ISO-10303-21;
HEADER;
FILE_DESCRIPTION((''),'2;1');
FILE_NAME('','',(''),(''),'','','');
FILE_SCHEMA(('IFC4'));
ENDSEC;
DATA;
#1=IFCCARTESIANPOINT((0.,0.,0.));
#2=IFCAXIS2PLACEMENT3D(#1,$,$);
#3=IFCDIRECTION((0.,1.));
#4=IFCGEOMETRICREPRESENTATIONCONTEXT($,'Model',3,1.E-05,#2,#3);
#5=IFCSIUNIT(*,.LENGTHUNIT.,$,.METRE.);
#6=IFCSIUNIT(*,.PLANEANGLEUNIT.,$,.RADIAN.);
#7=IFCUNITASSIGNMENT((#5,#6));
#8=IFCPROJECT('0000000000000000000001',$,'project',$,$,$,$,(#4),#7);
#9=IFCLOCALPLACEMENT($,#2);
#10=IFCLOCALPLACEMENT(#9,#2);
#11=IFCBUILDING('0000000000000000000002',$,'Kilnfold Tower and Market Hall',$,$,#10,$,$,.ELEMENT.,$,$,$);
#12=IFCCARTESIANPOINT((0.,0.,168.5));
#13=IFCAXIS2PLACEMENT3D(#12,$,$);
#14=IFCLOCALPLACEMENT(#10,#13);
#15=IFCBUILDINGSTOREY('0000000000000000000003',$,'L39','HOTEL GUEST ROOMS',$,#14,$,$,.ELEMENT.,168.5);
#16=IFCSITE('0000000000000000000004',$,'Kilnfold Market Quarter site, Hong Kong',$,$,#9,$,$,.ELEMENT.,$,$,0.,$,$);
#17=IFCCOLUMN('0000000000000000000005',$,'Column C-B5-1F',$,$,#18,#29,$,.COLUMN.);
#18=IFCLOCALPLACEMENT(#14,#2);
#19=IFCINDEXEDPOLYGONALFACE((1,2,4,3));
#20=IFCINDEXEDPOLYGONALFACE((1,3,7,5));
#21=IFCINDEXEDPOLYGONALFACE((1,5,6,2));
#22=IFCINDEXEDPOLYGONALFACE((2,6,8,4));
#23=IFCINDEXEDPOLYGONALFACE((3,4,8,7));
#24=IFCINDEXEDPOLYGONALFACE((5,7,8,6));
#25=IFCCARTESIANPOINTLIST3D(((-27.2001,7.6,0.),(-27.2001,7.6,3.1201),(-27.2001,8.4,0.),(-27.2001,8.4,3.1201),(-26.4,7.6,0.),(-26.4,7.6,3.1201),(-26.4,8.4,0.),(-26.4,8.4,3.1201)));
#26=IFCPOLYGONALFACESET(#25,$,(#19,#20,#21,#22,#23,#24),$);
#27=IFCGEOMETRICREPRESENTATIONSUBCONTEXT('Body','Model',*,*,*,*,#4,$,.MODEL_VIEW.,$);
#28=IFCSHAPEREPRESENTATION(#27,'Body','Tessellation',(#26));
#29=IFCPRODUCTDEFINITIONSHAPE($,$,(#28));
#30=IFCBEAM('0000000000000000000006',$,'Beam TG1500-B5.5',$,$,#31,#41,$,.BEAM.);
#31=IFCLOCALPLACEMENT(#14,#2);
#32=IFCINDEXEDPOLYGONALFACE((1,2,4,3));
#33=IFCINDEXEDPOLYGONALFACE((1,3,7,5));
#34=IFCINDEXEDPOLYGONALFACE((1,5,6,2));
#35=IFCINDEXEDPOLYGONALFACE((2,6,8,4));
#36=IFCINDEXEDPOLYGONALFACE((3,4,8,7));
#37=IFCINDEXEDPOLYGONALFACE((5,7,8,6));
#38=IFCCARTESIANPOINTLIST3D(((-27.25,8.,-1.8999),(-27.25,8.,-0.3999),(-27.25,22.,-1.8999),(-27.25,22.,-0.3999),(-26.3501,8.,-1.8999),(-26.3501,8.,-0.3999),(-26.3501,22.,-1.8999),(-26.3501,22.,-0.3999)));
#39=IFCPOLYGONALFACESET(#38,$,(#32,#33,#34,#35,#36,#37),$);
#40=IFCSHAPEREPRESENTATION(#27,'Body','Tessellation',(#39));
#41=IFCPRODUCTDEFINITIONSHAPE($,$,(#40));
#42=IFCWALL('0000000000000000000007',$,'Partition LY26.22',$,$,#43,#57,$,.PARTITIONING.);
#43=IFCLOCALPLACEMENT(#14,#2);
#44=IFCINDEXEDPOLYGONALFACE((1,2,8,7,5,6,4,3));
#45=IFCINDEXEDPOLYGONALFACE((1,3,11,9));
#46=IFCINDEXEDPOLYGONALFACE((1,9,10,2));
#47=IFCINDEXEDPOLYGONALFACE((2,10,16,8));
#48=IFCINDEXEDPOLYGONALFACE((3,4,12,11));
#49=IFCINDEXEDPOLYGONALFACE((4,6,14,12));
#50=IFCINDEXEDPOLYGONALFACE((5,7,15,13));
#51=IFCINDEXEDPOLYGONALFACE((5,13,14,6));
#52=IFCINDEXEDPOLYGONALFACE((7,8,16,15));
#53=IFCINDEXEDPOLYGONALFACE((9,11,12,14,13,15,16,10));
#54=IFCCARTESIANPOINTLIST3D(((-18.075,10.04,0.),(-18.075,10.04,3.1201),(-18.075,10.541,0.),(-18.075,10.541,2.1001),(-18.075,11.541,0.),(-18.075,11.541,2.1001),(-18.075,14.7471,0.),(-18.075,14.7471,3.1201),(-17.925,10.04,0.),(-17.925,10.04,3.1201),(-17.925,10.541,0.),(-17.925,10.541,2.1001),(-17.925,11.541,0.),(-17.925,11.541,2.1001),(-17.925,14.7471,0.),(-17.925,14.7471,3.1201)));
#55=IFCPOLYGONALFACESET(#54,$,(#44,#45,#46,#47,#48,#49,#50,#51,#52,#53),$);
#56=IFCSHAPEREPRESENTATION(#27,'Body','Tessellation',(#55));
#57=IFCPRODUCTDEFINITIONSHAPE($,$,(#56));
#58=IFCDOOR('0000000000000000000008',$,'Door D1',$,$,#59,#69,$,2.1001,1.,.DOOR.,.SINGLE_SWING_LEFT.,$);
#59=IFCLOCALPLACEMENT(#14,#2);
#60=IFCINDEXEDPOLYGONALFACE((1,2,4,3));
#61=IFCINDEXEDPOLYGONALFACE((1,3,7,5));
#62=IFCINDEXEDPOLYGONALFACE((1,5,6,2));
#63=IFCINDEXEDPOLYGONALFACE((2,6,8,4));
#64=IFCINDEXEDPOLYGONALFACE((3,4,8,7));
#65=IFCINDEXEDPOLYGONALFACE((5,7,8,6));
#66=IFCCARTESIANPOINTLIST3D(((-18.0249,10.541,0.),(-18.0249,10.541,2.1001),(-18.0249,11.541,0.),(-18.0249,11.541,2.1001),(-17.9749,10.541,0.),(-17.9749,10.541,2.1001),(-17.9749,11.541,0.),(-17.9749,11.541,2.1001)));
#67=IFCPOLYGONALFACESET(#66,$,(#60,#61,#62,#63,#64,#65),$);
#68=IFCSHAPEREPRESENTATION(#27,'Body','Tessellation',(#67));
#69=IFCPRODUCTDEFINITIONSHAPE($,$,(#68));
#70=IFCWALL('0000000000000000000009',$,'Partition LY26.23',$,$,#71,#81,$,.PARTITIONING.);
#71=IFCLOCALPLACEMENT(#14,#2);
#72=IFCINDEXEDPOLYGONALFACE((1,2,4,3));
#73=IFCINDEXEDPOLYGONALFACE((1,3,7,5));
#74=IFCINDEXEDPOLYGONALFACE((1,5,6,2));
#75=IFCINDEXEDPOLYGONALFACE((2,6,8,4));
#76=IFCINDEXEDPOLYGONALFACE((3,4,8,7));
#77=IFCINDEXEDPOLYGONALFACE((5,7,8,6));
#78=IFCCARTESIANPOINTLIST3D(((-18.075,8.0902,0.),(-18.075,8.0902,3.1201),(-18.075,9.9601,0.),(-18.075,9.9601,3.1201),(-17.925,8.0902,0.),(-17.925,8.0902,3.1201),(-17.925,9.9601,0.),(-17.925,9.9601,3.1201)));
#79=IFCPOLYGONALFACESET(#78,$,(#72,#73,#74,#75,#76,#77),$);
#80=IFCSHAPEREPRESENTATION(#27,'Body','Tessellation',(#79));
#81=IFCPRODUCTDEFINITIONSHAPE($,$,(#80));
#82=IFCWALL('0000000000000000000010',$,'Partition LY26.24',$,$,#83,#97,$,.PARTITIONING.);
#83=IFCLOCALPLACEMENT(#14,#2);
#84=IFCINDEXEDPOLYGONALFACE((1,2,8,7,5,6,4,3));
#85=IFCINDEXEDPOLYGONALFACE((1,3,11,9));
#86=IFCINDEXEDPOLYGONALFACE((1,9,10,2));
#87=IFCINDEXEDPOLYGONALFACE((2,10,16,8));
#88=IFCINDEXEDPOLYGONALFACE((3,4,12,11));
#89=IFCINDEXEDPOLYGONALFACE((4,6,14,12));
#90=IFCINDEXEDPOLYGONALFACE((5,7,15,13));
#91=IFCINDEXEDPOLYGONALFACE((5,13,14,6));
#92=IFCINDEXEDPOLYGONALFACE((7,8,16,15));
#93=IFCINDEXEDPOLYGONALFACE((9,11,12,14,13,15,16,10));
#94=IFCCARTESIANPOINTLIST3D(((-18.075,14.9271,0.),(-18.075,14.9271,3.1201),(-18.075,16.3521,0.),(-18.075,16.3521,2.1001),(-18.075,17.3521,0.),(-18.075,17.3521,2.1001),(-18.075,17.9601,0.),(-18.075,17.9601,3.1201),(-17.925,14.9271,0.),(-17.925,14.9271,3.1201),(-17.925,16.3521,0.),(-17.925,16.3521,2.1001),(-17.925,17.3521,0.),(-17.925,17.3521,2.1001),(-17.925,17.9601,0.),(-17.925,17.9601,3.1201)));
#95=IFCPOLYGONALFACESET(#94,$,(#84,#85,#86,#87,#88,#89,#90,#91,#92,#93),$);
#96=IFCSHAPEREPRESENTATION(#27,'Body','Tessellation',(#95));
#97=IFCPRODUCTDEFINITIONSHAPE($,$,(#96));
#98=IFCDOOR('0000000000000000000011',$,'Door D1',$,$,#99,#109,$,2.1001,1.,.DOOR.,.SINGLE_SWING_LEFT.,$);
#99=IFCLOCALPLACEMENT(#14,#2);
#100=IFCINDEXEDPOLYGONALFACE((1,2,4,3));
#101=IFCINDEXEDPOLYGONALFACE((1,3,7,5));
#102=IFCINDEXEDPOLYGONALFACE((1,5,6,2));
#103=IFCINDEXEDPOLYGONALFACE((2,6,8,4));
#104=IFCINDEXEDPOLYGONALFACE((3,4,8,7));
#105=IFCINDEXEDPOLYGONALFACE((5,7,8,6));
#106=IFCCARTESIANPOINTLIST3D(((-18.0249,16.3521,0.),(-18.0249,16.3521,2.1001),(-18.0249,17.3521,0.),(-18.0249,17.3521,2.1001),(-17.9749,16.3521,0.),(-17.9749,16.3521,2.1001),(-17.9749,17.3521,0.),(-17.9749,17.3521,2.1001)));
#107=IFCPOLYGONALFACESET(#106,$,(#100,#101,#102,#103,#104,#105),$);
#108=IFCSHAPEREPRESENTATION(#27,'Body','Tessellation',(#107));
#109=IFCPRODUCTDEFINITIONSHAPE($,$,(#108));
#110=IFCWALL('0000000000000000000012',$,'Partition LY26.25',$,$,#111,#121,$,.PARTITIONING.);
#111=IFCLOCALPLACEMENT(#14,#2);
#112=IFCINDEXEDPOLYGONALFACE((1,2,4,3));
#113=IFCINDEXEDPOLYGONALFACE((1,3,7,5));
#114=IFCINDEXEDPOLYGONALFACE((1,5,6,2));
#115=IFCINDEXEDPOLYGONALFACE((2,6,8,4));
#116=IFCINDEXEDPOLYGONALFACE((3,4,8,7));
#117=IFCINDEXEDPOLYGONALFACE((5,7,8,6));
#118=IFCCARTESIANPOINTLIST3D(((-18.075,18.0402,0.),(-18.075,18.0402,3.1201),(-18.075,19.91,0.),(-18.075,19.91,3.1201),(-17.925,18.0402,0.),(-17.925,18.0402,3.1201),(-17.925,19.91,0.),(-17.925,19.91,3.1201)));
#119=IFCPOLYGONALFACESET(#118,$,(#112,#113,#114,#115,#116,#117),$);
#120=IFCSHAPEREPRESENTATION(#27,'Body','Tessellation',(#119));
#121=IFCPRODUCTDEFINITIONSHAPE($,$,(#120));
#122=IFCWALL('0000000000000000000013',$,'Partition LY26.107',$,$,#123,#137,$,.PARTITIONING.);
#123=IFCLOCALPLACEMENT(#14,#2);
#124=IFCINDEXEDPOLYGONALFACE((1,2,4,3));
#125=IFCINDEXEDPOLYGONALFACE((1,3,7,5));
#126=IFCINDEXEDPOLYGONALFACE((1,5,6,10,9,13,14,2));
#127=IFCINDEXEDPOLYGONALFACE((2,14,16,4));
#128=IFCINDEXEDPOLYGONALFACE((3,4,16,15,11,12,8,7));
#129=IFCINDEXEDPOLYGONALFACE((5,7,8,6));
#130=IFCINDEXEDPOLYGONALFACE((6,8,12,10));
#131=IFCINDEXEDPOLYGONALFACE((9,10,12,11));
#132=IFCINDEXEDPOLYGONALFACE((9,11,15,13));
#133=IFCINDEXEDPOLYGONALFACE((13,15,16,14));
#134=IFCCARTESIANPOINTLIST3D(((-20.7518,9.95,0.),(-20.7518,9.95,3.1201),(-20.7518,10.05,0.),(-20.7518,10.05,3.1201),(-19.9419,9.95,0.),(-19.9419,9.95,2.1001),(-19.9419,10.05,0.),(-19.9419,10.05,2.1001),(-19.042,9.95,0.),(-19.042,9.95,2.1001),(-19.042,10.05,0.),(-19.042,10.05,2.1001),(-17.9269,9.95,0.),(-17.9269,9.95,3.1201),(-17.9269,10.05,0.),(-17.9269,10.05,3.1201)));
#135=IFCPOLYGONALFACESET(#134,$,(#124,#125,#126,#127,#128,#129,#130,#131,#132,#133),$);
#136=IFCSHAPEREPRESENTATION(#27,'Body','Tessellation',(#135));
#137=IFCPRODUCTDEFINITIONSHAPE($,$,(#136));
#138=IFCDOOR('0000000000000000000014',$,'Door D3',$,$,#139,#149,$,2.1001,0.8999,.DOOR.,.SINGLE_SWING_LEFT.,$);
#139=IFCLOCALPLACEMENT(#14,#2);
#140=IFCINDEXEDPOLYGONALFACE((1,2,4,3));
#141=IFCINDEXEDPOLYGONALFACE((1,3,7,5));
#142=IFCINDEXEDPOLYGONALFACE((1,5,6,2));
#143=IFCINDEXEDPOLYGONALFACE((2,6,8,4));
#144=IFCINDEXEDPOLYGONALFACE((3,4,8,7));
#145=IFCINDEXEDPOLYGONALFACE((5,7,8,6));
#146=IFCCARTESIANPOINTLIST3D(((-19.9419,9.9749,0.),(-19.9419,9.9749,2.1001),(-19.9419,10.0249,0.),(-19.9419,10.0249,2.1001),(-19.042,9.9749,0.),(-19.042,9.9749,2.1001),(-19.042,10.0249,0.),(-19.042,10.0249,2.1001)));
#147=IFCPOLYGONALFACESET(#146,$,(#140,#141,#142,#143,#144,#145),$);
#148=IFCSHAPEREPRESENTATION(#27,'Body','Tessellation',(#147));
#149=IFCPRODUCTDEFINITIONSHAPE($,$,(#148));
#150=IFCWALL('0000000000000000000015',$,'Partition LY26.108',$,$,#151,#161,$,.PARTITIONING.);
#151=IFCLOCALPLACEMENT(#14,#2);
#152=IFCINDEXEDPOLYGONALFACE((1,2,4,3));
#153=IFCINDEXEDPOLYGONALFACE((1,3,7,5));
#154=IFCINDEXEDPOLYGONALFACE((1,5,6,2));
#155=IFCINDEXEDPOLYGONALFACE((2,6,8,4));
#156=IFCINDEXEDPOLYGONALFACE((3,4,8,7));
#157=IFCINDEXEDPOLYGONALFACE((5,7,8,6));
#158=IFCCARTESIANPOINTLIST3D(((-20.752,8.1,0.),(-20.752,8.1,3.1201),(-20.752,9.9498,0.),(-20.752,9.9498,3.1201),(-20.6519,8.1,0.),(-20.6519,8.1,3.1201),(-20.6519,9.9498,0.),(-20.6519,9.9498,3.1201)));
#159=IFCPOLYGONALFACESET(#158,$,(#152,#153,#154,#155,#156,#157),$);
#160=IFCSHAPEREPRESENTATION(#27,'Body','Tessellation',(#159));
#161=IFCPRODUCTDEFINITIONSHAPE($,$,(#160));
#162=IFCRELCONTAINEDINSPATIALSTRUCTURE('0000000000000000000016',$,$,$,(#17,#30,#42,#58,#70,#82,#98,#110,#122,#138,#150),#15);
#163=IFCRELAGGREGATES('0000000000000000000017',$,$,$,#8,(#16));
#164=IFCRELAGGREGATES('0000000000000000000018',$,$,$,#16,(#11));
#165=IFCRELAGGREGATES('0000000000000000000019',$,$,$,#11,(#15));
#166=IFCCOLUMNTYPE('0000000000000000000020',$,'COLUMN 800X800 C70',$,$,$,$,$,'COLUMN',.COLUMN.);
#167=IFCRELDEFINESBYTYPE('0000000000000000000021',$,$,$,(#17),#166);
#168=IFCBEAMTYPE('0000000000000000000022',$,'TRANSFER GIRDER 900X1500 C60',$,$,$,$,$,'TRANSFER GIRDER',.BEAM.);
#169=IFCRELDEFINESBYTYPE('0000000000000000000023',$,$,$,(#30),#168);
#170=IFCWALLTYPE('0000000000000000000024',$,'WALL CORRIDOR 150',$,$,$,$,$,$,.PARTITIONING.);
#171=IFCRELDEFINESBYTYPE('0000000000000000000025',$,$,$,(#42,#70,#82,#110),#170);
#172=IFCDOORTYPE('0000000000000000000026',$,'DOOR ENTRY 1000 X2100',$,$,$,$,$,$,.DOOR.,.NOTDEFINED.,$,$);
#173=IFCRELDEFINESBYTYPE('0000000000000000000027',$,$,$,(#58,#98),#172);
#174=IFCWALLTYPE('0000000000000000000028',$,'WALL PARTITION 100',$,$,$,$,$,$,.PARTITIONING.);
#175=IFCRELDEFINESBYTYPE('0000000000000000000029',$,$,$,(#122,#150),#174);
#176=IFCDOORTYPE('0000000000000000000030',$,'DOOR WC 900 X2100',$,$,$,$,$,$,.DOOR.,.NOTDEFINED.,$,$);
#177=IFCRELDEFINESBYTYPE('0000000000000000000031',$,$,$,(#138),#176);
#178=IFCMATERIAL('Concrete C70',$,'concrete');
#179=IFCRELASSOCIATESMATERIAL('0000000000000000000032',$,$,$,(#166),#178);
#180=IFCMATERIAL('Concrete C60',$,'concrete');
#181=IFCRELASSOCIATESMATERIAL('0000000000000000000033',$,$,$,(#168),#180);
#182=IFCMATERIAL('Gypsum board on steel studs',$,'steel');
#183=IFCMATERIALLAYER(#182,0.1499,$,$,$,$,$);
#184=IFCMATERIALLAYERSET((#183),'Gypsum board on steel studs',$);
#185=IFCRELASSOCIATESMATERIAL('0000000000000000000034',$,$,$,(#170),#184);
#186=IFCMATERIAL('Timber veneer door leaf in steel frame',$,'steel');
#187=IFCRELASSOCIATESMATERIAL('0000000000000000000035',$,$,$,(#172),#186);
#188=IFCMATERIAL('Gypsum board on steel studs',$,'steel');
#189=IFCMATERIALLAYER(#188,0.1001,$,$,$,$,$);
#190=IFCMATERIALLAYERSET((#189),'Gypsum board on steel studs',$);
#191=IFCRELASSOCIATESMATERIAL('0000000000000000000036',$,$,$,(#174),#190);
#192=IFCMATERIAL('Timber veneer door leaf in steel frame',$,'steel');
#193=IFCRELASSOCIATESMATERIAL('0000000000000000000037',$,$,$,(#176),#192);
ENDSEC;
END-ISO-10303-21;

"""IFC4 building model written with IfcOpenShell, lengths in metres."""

from ifc_helpers import new_model, si_unit, direction, frame, frame_2d, origin, origin_2d, place, context, subcontext, project, spatial, rectangle, extrude, source, transform, mapped, material, layer, layer_set, material_profile, profile_set, type_object, element, fill, save


model = new_model("IFC4")

# Units and contexts
model_context = context("Model", 3, precision=1e-05, world=origin(), true_north=direction((0.0, 1.0)))
body_context = subcontext(model_context, "Body", "Model", "MODEL_VIEW")
ifc_project = project(units=[si_unit("LENGTHUNIT", "METRE"), si_unit("PLANEANGLEUNIT", "RADIAN")], contexts=[model_context])

# Site, building, storey
site_placement = place(None, origin())
site = spatial("IfcSite", under=ifc_project, at=site_placement, Name="Kilnfold Market Quarter site, Hong Kong", CompositionType="ELEMENT", RefElevation=0.0)
building_placement = place(site_placement, origin())
building = spatial("IfcBuilding", under=site, at=building_placement, Name="Kilnfold Tower and Market Hall", CompositionType="ELEMENT")
storey_placement = place(building_placement, frame((0.0, 0.0, 168.5)))
storey = spatial("IfcBuildingStorey", under=building, at=storey_placement, Name="L39", Description="HOTEL GUEST ROOMS", CompositionType="ELEMENT", Elevation=168.5)

# Column
ifc_material_1 = material(Name="Concrete C70", Category="concrete")
ifc_material_profile_1 = material_profile(ifc_material_1, rectangle(XDim=0.8, YDim=0.8, at=origin_2d()), Name="RC 800x800")
ifc_profile_set_1 = profile_set([ifc_material_profile_1], Name="Concrete C70")
column_type = type_object("IfcColumnType", Name="COLUMN 800X800 C70", ElementType="COLUMN", PredefinedType="COLUMN", material=ifc_profile_set_1)
shared_shape_1 = source(origin(), body_context, "Body", "SweptSolid", [
    extrude(rectangle(XDim=0.8, YDim=0.8, at=origin_2d()), origin(), (0.0, 0.0, 1.0), 3.1201),
])
column_placement = place(storey_placement, frame((-26.8, 8.0, 0.0), z_axis=(0.0, 0.0, 1.0), x_axis=(1.0, 0.0, 0.0)))
element("IfcColumn", 1, at=column_placement, inside=storey, type_object=column_type, Name="Column C-B5-1F", PredefinedType="COLUMN", context=body_context, shape_type="MappedRepresentation", body=[
    mapped(shared_shape_1, transform((0.0, 0.0, 0.0))),
])

# Beam
ifc_material_2 = material(Name="Concrete C60", Category="concrete")
ifc_material_profile_2 = material_profile(ifc_material_2, rectangle(XDim=0.8999, YDim=1.5, at=origin_2d()), Name="RC 900x1500")
ifc_profile_set_2 = profile_set([ifc_material_profile_2], Name="Concrete C60")
beam_type = type_object("IfcBeamType", Name="TRANSFER GIRDER 900X1500 C60", ElementType="TRANSFER GIRDER", PredefinedType="BEAM", material=ifc_profile_set_2)
shared_shape_2 = source(origin(), body_context, "Body", "SweptSolid", [
    extrude(rectangle(XDim=0.8999, YDim=1.5, at=origin_2d()), origin(), (0.0, 0.0, 1.0), 14.0),
])
beam_placement = place(storey_placement, frame((-26.8, 8.0, -1.1499), z_axis=(0.0, 1.0, 0.0), x_axis=(-1.0, 0.0, 0.0)))
element("IfcBeam", 2, at=beam_placement, inside=storey, type_object=beam_type, Name="Beam TG1500-B5.5", PredefinedType="BEAM", context=body_context, shape_type="MappedRepresentation", body=[
    mapped(shared_shape_2, transform((0.0, 0.0, 0.0))),
])

# Wall, opening, door
ifc_material_3 = material(Name="Gypsum board on steel studs", Category="steel")
ifc_layer_1 = layer(ifc_material_3, 0.1499)
ifc_layer_set_1 = layer_set([ifc_layer_1], Name="Gypsum board on steel studs")
wall_type_1 = type_object("IfcWallType", Name="WALL CORRIDOR 150", PredefinedType="PARTITIONING", material=ifc_layer_set_1)
wall_1_placement = place(storey_placement, frame((-18.0, 10.04, 0.0), z_axis=(0.0, 0.0, 1.0), x_axis=(0.0, 1.0, 0.0)))
wall_1 = element("IfcWall", 3, at=wall_1_placement, inside=storey, type_object=wall_type_1, Name="Partition LY26.22", PredefinedType="PARTITIONING", context=body_context, shape_type="SweptSolid", body=[
    extrude(rectangle(XDim=4.707, YDim=0.1499, at=frame_2d((2.3535, 0.0))), origin(), (0.0, 0.0, 1.0), 3.1201),
])
opening_1_placement = place(wall_1_placement, frame((0.501, 0.0, 0.0)))
opening_1 = element("IfcOpeningElement", 4, at=opening_1_placement, cuts=wall_1, PredefinedType="OPENING", context=body_context, shape_type="SweptSolid", body=[
    extrude(rectangle(XDim=1.0, YDim=2.1001, at=frame_2d((0.5, 1.05))), frame((0.0, 0.085, 0.0), z_axis=(0.0, -1.0, 0.0), x_axis=(1.0, 0.0, 0.0)), (0.0, 0.0, 1.0), 0.1699),
])
ifc_material_4 = material(Name="Timber veneer door leaf in steel frame", Category="steel")
door_type_1 = type_object("IfcDoorType", Name="DOOR ENTRY 1000 X2100", OperationType="NOTDEFINED", PredefinedType="DOOR", material=ifc_material_4)
door_1_placement = place(opening_1_placement, origin())
door_1 = element("IfcDoor", 5, at=door_1_placement, inside=storey, type_object=door_type_1, Name="Door D1", OperationType="SINGLE_SWING_LEFT", OverallHeight=2.1001, OverallWidth=1.0, PredefinedType="DOOR", context=body_context, shape_type="SweptSolid", body=[
    extrude(rectangle(XDim=1.0, YDim=2.1001, at=frame_2d((0.5, 1.05))), frame((0.0, 0.0249, 0.0), z_axis=(0.0, -1.0, 0.0), x_axis=(1.0, 0.0, 0.0)), (0.0, 0.0, 1.0), 0.05),
])
fill(opening_1, door_1)

# Wall
wall_2_placement = place(storey_placement, frame((-18.0, 8.0901, 0.0), z_axis=(0.0, 0.0, 1.0), x_axis=(0.0, 1.0, 0.0)))
element("IfcWall", 6, at=wall_2_placement, inside=storey, type_object=wall_type_1, Name="Partition LY26.23", PredefinedType="PARTITIONING", context=body_context, shape_type="SweptSolid", body=[
    extrude(rectangle(XDim=1.8699, YDim=0.1499, at=frame_2d((0.9351, 0.0))), origin(), (0.0, 0.0, 1.0), 3.1201),
])

# Wall, opening, door
wall_3_placement = place(storey_placement, frame((-18.0, 14.927, 0.0), z_axis=(0.0, 0.0, 1.0), x_axis=(0.0, 1.0, 0.0)))
wall_3 = element("IfcWall", 7, at=wall_3_placement, inside=storey, type_object=wall_type_1, Name="Partition LY26.24", PredefinedType="PARTITIONING", context=body_context, shape_type="SweptSolid", body=[
    extrude(rectangle(XDim=3.033, YDim=0.1499, at=frame_2d((1.5166, 0.0))), origin(), (0.0, 0.0, 1.0), 3.1201),
])
opening_2_placement = place(wall_3_placement, frame((1.425, 0.0, 0.0)))
opening_2 = element("IfcOpeningElement", 8, at=opening_2_placement, cuts=wall_3, PredefinedType="OPENING", context=body_context, shape_type="SweptSolid", body=[
    extrude(rectangle(XDim=1.0, YDim=2.1001, at=frame_2d((0.5, 1.05))), frame((0.0, 0.085, 0.0), z_axis=(0.0, -1.0, 0.0), x_axis=(1.0, 0.0, 0.0)), (0.0, 0.0, 1.0), 0.1699),
])
door_2_placement = place(opening_2_placement, origin())
door_2 = element("IfcDoor", 9, at=door_2_placement, inside=storey, type_object=door_type_1, Name="Door D1", OperationType="SINGLE_SWING_LEFT", OverallHeight=2.1001, OverallWidth=1.0, PredefinedType="DOOR", context=body_context, shape_type="SweptSolid", body=[
    extrude(rectangle(XDim=1.0, YDim=2.1001, at=frame_2d((0.5, 1.05))), frame((0.0, 0.0249, 0.0), z_axis=(0.0, -1.0, 0.0), x_axis=(1.0, 0.0, 0.0)), (0.0, 0.0, 1.0), 0.05),
])
fill(opening_2, door_2)

# Wall
wall_4_placement = place(storey_placement, frame((-18.0, 18.04, 0.0), z_axis=(0.0, 0.0, 1.0), x_axis=(0.0, 1.0, 0.0)))
element("IfcWall", 10, at=wall_4_placement, inside=storey, type_object=wall_type_1, Name="Partition LY26.25", PredefinedType="PARTITIONING", context=body_context, shape_type="SweptSolid", body=[
    extrude(rectangle(XDim=1.8699, YDim=0.1499, at=frame_2d((0.9351, 0.0))), origin(), (0.0, 0.0, 1.0), 3.1201),
])

# Wall, opening, door
ifc_material_5 = material(Name="Gypsum board on steel studs", Category="steel")
ifc_layer_2 = layer(ifc_material_5, 0.1001)
ifc_layer_set_2 = layer_set([ifc_layer_2], Name="Gypsum board on steel studs")
wall_type_2 = type_object("IfcWallType", Name="WALL PARTITION 100", PredefinedType="PARTITIONING", material=ifc_layer_set_2)
wall_5_placement = place(storey_placement, frame((-20.752, 10.0, 0.0), z_axis=(0.0, 0.0, 1.0), x_axis=(1.0, 0.0, 0.0)))
wall_5 = element("IfcWall", 11, at=wall_5_placement, inside=storey, type_object=wall_type_2, Name="Partition LY26.107", PredefinedType="PARTITIONING", context=body_context, shape_type="SweptSolid", body=[
    extrude(rectangle(XDim=2.825, YDim=0.1001, at=frame_2d((1.4126, 0.0))), origin(), (0.0, 0.0, 1.0), 3.1201),
])
opening_3_placement = place(wall_5_placement, frame((0.8101, 0.0, 0.0)))
opening_3 = element("IfcOpeningElement", 12, at=opening_3_placement, cuts=wall_5, PredefinedType="OPENING", context=body_context, shape_type="SweptSolid", body=[
    extrude(rectangle(XDim=0.8999, YDim=2.1001, at=frame_2d((0.45, 1.05))), frame((0.0, 0.0601, 0.0), z_axis=(0.0, -1.0, 0.0), x_axis=(1.0, 0.0, 0.0)), (0.0, 0.0, 1.0), 0.1201),
])
ifc_material_6 = material(Name="Timber veneer door leaf in steel frame", Category="steel")
door_type_2 = type_object("IfcDoorType", Name="DOOR WC 900 X2100", OperationType="NOTDEFINED", PredefinedType="DOOR", material=ifc_material_6)
door_3_placement = place(opening_3_placement, origin())
door_3 = element("IfcDoor", 13, at=door_3_placement, inside=storey, type_object=door_type_2, Name="Door D3", OperationType="SINGLE_SWING_LEFT", OverallHeight=2.1001, OverallWidth=0.8999, PredefinedType="DOOR", context=body_context, shape_type="SweptSolid", body=[
    extrude(rectangle(XDim=0.8999, YDim=2.1001, at=frame_2d((0.45, 1.05))), frame((0.0, 0.0249, 0.0), z_axis=(0.0, -1.0, 0.0), x_axis=(1.0, 0.0, 0.0)), (0.0, 0.0, 1.0), 0.05),
])
fill(opening_3, door_3)

# Wall
wall_6_placement = place(storey_placement, frame((-20.7019, 8.1001, 0.0), z_axis=(0.0, 0.0, 1.0), x_axis=(0.0, 1.0, 0.0)))
element("IfcWall", 14, at=wall_6_placement, inside=storey, type_object=wall_type_2, Name="Partition LY26.108", PredefinedType="PARTITIONING", context=body_context, shape_type="SweptSolid", body=[
    extrude(rectangle(XDim=1.8499, YDim=0.1001, at=frame_2d((0.9248, 0.0))), origin(), (0.0, 0.0, 1.0), 3.1201),
])

save(model, "model.ifc")
